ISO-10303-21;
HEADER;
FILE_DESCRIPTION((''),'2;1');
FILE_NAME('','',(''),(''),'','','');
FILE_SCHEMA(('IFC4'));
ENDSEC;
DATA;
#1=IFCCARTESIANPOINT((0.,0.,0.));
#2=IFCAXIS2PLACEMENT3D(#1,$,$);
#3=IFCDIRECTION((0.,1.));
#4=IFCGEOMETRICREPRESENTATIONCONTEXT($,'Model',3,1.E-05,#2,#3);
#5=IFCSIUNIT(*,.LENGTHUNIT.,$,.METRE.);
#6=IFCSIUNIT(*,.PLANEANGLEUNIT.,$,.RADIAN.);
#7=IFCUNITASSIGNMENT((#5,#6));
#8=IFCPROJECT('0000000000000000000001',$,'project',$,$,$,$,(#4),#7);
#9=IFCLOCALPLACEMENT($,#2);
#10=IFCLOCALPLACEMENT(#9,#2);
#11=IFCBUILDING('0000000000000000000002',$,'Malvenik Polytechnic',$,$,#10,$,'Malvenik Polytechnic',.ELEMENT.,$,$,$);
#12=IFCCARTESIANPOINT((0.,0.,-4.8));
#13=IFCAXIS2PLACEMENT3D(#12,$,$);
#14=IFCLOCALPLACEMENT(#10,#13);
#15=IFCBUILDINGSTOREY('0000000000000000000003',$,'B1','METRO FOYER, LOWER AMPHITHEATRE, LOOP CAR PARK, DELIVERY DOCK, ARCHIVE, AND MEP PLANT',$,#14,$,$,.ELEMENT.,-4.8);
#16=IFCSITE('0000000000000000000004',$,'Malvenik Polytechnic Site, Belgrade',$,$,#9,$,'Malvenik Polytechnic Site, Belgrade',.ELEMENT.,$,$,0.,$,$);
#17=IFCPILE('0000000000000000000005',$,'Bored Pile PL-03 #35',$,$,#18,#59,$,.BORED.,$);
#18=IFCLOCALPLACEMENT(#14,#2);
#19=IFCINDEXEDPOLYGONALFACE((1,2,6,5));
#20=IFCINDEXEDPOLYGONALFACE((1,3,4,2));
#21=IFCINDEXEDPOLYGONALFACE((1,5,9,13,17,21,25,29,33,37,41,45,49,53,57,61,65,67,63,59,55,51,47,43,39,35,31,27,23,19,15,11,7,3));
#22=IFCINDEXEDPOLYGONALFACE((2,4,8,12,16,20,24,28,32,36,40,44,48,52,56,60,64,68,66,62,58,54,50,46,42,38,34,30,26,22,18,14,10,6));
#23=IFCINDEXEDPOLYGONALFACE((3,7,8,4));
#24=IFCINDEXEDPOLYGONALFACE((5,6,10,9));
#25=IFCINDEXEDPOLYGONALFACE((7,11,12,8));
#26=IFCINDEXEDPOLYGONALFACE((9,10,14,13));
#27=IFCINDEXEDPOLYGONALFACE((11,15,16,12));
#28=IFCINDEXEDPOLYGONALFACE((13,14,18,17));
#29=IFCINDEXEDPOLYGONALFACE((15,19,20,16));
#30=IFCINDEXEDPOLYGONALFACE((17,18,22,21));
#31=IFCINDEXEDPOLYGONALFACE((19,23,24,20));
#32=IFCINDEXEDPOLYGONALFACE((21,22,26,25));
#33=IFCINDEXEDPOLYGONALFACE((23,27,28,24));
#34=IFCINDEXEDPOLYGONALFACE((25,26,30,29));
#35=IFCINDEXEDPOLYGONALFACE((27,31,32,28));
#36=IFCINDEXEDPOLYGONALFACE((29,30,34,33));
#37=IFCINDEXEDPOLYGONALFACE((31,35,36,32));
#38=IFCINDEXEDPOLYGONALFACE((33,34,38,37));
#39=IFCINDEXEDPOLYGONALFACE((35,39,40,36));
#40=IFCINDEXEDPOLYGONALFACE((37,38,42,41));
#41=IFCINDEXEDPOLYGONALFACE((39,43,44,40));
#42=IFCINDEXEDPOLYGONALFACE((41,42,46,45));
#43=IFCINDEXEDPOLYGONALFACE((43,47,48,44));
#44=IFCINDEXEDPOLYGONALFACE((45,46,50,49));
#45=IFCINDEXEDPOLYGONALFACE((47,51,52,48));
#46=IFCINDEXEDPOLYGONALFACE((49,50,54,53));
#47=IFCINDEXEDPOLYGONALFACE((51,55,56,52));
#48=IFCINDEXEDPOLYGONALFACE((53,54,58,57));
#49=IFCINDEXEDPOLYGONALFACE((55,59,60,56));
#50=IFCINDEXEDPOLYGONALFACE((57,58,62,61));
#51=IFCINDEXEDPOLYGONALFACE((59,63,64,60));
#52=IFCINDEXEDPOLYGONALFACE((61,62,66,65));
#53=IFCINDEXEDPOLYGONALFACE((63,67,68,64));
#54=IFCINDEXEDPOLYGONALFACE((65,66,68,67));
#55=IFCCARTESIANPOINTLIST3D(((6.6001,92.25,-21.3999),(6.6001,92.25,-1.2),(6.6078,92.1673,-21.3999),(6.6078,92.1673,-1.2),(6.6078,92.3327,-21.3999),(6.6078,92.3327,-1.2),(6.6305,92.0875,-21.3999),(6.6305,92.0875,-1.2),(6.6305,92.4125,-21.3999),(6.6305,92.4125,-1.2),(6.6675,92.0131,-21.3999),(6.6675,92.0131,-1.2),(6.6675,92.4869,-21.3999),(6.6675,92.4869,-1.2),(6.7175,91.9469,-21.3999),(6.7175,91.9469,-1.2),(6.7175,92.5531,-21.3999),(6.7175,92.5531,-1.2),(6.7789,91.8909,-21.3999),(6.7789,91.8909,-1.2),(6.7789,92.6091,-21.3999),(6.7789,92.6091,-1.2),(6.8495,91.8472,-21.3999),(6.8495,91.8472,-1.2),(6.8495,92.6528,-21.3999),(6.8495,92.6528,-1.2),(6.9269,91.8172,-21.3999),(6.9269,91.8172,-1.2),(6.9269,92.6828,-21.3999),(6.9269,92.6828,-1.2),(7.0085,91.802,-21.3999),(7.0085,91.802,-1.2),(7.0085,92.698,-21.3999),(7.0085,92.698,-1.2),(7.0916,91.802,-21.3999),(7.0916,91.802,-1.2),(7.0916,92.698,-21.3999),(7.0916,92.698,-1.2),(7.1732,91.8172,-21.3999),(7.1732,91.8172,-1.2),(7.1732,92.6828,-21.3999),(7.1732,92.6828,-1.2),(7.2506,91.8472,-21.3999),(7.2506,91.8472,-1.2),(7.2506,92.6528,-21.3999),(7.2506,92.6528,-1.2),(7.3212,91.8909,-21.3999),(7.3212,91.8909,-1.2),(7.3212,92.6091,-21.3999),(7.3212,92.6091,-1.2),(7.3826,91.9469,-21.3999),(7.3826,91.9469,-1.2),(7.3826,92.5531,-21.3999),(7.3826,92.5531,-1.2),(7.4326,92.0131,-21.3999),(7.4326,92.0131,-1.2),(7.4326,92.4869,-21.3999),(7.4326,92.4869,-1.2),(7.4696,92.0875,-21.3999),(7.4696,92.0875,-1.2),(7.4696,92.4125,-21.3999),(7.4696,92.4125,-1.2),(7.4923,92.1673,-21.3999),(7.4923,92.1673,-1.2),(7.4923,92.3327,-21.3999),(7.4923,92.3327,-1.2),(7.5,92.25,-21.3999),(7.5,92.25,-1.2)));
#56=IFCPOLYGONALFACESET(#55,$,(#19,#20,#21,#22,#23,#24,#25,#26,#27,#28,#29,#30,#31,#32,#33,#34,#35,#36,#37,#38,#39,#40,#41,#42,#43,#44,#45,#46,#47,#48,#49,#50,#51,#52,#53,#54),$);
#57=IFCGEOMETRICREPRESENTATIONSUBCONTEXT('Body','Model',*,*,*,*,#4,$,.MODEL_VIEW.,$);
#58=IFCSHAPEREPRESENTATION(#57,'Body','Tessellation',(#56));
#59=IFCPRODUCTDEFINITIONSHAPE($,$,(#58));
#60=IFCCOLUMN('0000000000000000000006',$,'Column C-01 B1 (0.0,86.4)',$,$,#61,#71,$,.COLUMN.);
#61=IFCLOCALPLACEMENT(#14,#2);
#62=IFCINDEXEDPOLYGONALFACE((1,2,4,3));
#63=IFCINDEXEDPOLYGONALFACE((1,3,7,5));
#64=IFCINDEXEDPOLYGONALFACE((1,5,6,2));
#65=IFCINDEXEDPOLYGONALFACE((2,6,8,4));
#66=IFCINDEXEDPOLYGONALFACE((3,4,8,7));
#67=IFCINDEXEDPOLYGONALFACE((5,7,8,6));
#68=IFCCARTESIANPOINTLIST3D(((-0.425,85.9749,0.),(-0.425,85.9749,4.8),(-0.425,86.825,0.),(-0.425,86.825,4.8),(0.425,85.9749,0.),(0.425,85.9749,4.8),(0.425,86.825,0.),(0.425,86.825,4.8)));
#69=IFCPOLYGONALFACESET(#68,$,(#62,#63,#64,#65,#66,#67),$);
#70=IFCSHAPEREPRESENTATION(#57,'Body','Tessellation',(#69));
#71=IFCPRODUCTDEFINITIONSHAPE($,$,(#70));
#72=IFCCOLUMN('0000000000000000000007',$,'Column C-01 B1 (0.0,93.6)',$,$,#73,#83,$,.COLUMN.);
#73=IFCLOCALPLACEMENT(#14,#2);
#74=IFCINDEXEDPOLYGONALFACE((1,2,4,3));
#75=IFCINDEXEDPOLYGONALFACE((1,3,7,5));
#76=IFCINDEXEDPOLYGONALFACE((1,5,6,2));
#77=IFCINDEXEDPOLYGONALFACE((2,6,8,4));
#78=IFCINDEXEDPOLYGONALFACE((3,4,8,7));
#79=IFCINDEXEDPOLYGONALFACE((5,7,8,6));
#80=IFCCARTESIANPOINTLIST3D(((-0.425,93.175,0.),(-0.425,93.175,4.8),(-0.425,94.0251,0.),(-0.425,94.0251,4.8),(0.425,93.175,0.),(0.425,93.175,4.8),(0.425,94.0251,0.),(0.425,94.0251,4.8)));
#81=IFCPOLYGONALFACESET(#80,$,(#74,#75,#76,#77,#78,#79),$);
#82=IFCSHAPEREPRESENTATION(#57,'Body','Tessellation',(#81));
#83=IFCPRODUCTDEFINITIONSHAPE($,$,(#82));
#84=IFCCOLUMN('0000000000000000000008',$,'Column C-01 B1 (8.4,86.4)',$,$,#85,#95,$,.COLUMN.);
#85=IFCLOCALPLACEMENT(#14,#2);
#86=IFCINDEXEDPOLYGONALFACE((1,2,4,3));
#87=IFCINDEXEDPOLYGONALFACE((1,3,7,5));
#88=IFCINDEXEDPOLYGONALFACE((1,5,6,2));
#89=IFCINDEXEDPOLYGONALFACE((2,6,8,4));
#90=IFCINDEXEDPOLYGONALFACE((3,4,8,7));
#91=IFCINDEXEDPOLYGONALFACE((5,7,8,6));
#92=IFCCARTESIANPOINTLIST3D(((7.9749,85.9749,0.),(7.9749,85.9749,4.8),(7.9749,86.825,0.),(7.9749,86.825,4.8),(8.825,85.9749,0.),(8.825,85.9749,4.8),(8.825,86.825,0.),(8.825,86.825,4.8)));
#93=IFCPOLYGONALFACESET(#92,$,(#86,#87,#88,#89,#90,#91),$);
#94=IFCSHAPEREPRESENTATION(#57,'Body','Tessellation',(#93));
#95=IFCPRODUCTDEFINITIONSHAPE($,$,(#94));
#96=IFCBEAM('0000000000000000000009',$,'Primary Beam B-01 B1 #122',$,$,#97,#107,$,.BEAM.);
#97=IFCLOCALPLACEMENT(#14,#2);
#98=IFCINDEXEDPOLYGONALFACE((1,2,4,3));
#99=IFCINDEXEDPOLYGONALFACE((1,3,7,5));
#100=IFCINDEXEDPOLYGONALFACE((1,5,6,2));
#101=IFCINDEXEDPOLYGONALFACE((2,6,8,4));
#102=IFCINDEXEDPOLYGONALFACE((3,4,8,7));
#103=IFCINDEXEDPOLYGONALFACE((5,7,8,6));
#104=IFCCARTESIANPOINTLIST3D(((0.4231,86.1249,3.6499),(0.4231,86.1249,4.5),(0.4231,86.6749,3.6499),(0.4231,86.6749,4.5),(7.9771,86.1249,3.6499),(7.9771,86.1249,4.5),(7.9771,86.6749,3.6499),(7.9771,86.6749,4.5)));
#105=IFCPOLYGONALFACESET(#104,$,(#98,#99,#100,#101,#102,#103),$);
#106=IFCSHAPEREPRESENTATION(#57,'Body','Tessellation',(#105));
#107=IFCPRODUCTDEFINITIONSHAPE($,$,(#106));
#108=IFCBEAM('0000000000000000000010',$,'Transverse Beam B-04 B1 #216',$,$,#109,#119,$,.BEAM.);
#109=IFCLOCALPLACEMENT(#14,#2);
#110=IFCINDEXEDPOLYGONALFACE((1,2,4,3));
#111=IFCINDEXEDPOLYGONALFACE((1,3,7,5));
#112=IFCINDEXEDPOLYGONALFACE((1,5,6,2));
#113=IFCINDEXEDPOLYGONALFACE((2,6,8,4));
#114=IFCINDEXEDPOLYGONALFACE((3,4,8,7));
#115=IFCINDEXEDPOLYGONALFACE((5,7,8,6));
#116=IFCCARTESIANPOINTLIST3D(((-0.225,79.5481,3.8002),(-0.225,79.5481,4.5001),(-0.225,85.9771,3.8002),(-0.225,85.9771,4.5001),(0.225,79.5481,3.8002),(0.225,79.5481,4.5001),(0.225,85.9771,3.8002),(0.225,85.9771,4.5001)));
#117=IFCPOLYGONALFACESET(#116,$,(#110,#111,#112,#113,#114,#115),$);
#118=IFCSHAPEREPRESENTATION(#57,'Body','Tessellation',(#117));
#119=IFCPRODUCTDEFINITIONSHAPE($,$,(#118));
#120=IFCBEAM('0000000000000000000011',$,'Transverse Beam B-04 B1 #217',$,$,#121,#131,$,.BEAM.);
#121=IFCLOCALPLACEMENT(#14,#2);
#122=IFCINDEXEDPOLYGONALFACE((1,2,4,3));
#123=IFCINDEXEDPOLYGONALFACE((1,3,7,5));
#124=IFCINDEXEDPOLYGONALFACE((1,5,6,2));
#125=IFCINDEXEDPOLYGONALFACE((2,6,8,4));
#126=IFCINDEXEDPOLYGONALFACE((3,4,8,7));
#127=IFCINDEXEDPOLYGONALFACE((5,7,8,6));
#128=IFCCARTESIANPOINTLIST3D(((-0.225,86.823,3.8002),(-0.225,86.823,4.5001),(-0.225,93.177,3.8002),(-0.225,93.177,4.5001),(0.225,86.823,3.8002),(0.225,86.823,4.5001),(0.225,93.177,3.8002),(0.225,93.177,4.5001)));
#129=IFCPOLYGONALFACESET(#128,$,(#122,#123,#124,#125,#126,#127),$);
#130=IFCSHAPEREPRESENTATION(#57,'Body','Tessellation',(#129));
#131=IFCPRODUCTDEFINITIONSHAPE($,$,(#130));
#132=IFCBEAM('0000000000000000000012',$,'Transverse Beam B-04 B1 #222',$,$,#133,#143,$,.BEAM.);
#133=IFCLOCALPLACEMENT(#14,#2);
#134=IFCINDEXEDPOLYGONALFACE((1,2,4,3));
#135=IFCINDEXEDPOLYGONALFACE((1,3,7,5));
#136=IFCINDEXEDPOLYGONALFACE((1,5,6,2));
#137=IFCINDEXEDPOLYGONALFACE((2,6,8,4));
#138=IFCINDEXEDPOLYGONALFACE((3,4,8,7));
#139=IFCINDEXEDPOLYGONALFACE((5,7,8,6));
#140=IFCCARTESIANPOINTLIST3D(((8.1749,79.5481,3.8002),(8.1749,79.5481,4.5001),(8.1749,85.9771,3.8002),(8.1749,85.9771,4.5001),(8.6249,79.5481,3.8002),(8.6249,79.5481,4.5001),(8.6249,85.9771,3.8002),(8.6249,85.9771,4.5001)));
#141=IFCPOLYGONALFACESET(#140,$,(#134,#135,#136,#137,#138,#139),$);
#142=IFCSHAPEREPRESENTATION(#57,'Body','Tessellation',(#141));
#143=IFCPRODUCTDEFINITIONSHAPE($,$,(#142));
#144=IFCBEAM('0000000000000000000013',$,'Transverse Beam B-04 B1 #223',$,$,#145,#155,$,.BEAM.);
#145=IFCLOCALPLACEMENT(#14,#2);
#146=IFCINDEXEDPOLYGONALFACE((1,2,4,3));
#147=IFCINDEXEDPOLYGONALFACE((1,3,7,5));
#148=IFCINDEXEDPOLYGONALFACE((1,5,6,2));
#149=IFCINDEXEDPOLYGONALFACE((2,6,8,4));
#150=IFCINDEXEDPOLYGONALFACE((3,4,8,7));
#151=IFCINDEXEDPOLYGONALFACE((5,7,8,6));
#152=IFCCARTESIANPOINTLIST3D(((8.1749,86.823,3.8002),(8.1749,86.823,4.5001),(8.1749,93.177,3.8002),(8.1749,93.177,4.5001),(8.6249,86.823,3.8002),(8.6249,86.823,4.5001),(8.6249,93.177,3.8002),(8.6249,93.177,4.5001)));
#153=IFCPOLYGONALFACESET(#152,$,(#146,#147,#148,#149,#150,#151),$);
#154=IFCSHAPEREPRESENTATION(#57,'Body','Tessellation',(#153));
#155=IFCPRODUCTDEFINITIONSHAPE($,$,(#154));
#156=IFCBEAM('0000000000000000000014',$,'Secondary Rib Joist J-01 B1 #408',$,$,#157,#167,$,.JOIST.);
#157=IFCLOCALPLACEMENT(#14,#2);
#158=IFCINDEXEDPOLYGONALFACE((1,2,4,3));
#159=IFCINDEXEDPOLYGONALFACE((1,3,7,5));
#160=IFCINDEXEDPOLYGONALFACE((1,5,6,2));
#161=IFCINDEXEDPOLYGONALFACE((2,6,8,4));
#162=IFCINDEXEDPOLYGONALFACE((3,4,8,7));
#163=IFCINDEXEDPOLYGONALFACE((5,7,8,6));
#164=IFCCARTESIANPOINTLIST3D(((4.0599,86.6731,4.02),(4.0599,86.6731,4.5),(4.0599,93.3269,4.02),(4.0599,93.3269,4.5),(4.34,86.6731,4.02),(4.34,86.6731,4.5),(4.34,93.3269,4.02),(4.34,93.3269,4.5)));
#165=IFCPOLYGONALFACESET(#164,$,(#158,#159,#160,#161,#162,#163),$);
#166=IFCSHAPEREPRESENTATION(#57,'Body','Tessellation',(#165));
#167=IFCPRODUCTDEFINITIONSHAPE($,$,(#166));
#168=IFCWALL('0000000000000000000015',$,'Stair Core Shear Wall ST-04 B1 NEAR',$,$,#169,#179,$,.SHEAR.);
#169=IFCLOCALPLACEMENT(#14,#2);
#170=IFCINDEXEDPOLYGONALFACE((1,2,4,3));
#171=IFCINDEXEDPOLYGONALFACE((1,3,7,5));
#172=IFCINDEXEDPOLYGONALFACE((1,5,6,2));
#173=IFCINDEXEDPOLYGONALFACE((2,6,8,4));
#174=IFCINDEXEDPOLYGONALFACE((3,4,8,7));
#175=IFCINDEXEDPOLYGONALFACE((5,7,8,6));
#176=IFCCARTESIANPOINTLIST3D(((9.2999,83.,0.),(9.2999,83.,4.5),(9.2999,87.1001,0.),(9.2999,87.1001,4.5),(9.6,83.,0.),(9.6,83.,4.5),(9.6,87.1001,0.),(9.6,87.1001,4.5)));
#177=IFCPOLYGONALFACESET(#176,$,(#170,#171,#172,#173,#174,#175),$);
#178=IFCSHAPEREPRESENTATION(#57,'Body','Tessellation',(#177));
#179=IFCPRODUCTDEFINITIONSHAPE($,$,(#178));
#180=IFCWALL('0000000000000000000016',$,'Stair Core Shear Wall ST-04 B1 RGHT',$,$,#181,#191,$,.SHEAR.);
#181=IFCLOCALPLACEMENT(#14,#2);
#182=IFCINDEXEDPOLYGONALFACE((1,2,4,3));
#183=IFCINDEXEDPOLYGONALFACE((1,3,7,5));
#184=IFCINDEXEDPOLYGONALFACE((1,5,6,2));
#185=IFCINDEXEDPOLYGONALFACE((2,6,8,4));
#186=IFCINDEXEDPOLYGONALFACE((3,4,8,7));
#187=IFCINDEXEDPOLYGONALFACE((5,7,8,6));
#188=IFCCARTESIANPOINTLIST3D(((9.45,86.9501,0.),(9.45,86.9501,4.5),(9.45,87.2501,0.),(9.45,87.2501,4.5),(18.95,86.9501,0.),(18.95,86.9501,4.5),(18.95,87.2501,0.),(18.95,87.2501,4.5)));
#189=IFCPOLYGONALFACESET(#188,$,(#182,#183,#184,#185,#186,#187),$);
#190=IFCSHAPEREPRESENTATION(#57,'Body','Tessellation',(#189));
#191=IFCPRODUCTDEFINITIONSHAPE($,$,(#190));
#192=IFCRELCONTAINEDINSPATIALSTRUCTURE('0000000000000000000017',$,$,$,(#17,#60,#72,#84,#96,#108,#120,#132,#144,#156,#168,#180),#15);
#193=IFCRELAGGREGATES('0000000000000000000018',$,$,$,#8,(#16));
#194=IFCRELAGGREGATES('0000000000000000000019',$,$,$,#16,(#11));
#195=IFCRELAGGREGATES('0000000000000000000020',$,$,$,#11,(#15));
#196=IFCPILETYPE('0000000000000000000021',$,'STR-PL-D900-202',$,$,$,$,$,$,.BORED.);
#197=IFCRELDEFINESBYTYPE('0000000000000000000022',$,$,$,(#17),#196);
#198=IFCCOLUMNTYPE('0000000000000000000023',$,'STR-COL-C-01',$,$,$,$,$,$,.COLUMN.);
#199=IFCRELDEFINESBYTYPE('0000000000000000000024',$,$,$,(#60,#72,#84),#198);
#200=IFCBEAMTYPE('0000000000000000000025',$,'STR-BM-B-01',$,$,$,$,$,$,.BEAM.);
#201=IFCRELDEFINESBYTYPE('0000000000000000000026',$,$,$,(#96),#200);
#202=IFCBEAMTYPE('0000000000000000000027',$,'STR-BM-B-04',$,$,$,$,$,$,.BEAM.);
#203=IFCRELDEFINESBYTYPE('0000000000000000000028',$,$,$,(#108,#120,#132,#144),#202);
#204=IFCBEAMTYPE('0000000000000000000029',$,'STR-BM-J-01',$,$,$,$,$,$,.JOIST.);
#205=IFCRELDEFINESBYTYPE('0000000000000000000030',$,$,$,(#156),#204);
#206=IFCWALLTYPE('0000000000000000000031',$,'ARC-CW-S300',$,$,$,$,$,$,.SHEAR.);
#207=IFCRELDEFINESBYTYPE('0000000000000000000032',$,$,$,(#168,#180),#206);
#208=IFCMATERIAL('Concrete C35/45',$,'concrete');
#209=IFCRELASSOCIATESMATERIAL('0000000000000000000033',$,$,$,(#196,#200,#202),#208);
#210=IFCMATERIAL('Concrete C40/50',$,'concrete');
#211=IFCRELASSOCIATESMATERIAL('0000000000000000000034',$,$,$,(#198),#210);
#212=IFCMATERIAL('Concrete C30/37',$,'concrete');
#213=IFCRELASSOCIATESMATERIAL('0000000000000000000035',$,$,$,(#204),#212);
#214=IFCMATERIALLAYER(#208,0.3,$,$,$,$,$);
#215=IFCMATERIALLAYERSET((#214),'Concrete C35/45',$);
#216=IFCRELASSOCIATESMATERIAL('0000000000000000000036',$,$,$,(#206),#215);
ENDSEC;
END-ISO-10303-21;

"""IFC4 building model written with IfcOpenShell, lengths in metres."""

from ifc_helpers import new_model, si_unit, direction, frame, frame_2d, origin, origin_2d, place, context, subcontext, project, spatial, rectangle, circle, extrude, material, layer, layer_set, material_profile, profile_set, type_object, element, save


model = new_model("IFC4")

# Units and contexts
model_context = context("Model", 3, precision=1e-05, world=origin(), true_north=direction((0.0, 1.0)))
body_context = subcontext(model_context, "Body", "Model", "MODEL_VIEW")
ifc_project = project(units=[si_unit("LENGTHUNIT", "METRE"), si_unit("PLANEANGLEUNIT", "RADIAN")], contexts=[model_context])

# Site, building, storey
site_placement = place(None, origin())
site = spatial("IfcSite", under=ifc_project, at=site_placement, Name="Malvenik Polytechnic Site, Belgrade", LongName="Malvenik Polytechnic Site, Belgrade", CompositionType="ELEMENT", RefElevation=0.0)
building_placement = place(site_placement, origin())
building = spatial("IfcBuilding", under=site, at=building_placement, Name="Malvenik Polytechnic", LongName="Malvenik Polytechnic", CompositionType="ELEMENT")
storey_placement = place(building_placement, frame((0.0, 0.0, -4.8)))
storey = spatial("IfcBuildingStorey", under=building, at=storey_placement, Name="B1", Description="METRO FOYER, LOWER AMPHITHEATRE, LOOP CAR PARK, DELIVERY DOCK, ARCHIVE, AND MEP PLANT", CompositionType="ELEMENT", Elevation=-4.8)

# Shared definitions
ifc_material_1 = material(Name="Concrete C35/45", Category="concrete")

# Pile
ifc_material_profile_1 = material_profile(ifc_material_1, circle(Radius=0.45, at=origin_2d()), Name="BORED PILE D900")
ifc_profile_set_1 = profile_set([ifc_material_profile_1], Name="Concrete C35/45")
pile_type_1 = type_object("IfcPileType", Name="STR-PL-D900-202", PredefinedType="BORED", material=ifc_profile_set_1)
for number, where, z_axis, x_axis, name in (
    (1, (7.05, 92.25, -1.2), (0.0, 0.0, -1.0), (1.0, 0.0, 0.0), "Bored Pile PL-03 #35"),
):
    element("IfcPile", number, at=place(storey_placement, frame(where, z_axis=z_axis, x_axis=x_axis)), inside=storey, type_object=pile_type_1, Name=name, PredefinedType="BORED", context=body_context, shape_type="SweptSolid", body=[
        extrude(circle(Radius=0.45, at=origin_2d()), origin(), (0.0, 0.0, 1.0), 20.2),
    ])

# Columns
ifc_material_2 = material(Name="Concrete C40/50", Category="concrete")
ifc_material_profile_2 = material_profile(ifc_material_2, rectangle(XDim=0.8501, YDim=0.8501, at=origin_2d()), Name="RC COL 850x850")
ifc_profile_set_2 = profile_set([ifc_material_profile_2], Name="Concrete C40/50")
column_type = type_object("IfcColumnType", Name="STR-COL-C-01", PredefinedType="COLUMN", material=ifc_profile_set_2)
for number, where, z_axis, x_axis, name in (
    (2, (0.0, 86.3999, 0.0), (0.0, 0.0, 1.0), (1.0, 0.0, 0.0), "Column C-01 B1 (0.0,86.4)"),
    (3, (0.0, 93.6001, 0.0), (0.0, 0.0, 1.0), (1.0, 0.0, 0.0), "Column C-01 B1 (0.0,93.6)"),
    (4, (8.3999, 86.3999, 0.0), (0.0, 0.0, 1.0), (1.0, 0.0, 0.0), "Column C-01 B1 (8.4,86.4)"),
):
    element("IfcColumn", number, at=place(storey_placement, frame(where, z_axis=z_axis, x_axis=x_axis)), inside=storey, type_object=column_type, Name=name, PredefinedType="COLUMN", context=body_context, shape_type="SweptSolid", body=[
        extrude(rectangle(XDim=0.8501, YDim=0.8501, at=origin_2d()), origin(), (0.0, 0.0, 1.0), 4.8),
    ])

# Beams
ifc_material_profile_3 = material_profile(ifc_material_1, rectangle(XDim=0.55, YDim=0.8501, at=origin_2d()), Name="RC BM 550x850")
ifc_profile_set_3 = profile_set([ifc_material_profile_3], Name="Concrete C35/45")
beam_type_1 = type_object("IfcBeamType", Name="STR-BM-B-01", PredefinedType="BEAM", material=ifc_profile_set_3)
beam_1_placement = place(storey_placement, frame((0.4231, 86.3999, 4.075), z_axis=(1.0, 0.0, 0.0), x_axis=(0.0, 1.0, 0.0)))
element("IfcBeam", 5, at=beam_1_placement, inside=storey, type_object=beam_type_1, Name="Primary Beam B-01 B1 #122", PredefinedType="BEAM", context=body_context, shape_type="SweptSolid", body=[
    extrude(rectangle(XDim=0.55, YDim=0.8501, at=origin_2d()), origin(), (0.0, 0.0, 1.0), 7.554),
])
ifc_material_profile_4 = material_profile(ifc_material_1, rectangle(XDim=0.45, YDim=0.7, at=origin_2d()), Name="RC BM 450x700")
ifc_profile_set_4 = profile_set([ifc_material_profile_4], Name="Concrete C35/45")
beam_type_2 = type_object("IfcBeamType", Name="STR-BM-B-04", PredefinedType="BEAM", material=ifc_profile_set_4)
beam_2_placement = place(storey_placement, frame((0.0, 79.5481, 4.1501), z_axis=(0.0, 1.0, 0.0), x_axis=(-1.0, 0.0, 0.0)))
element("IfcBeam", 6, at=beam_2_placement, inside=storey, type_object=beam_type_2, Name="Transverse Beam B-04 B1 #216", PredefinedType="BEAM", context=body_context, shape_type="SweptSolid", body=[
    extrude(rectangle(XDim=0.45, YDim=0.7, at=origin_2d()), origin(), (0.0, 0.0, 1.0), 6.429),
])
beam_3_placement = place(storey_placement, frame((0.0, 86.823, 4.1501), z_axis=(0.0, 1.0, 0.0), x_axis=(-1.0, 0.0, 0.0)))
element("IfcBeam", 7, at=beam_3_placement, inside=storey, type_object=beam_type_2, Name="Transverse Beam B-04 B1 #217", PredefinedType="BEAM", context=body_context, shape_type="SweptSolid", body=[
    extrude(rectangle(XDim=0.45, YDim=0.7, at=origin_2d()), origin(), (0.0, 0.0, 1.0), 6.354),
])
beam_4_placement = place(storey_placement, frame((8.3999, 79.5481, 4.1501), z_axis=(0.0, 1.0, 0.0), x_axis=(-1.0, 0.0, 0.0)))
element("IfcBeam", 8, at=beam_4_placement, inside=storey, type_object=beam_type_2, Name="Transverse Beam B-04 B1 #222", PredefinedType="BEAM", context=body_context, shape_type="SweptSolid", body=[
    extrude(rectangle(XDim=0.45, YDim=0.7, at=origin_2d()), origin(), (0.0, 0.0, 1.0), 6.429),
])
beam_5_placement = place(storey_placement, frame((8.3999, 86.823, 4.1501), z_axis=(0.0, 1.0, 0.0), x_axis=(-1.0, 0.0, 0.0)))
element("IfcBeam", 9, at=beam_5_placement, inside=storey, type_object=beam_type_2, Name="Transverse Beam B-04 B1 #223", PredefinedType="BEAM", context=body_context, shape_type="SweptSolid", body=[
    extrude(rectangle(XDim=0.45, YDim=0.7, at=origin_2d()), origin(), (0.0, 0.0, 1.0), 6.354),
])
ifc_material_3 = material(Name="Concrete C30/37", Category="concrete")
ifc_material_profile_5 = material_profile(ifc_material_3, rectangle(XDim=0.28, YDim=0.48, at=origin_2d()), Name="RC JST 280x480")
ifc_profile_set_5 = profile_set([ifc_material_profile_5], Name="Concrete C30/37")
beam_type_3 = type_object("IfcBeamType", Name="STR-BM-J-01", PredefinedType="JOIST", material=ifc_profile_set_5)
beam_6_placement = place(storey_placement, frame((4.2, 86.6731, 4.26), z_axis=(0.0, 1.0, 0.0), x_axis=(-1.0, 0.0, 0.0)))
element("IfcBeam", 10, at=beam_6_placement, inside=storey, type_object=beam_type_3, Name="Secondary Rib Joist J-01 B1 #408", PredefinedType="JOIST", context=body_context, shape_type="SweptSolid", body=[
    extrude(rectangle(XDim=0.28, YDim=0.48, at=origin_2d()), origin(), (0.0, 0.0, 1.0), 6.6538),
])

# Walls
ifc_layer = layer(ifc_material_1, 0.3)
ifc_layer_set = layer_set([ifc_layer], Name="Concrete C35/45")
wall_type = type_object("IfcWallType", Name="ARC-CW-S300", PredefinedType="SHEAR", material=ifc_layer_set)
wall_1_placement = place(storey_placement, frame((9.45, 83.0, 0.0), z_axis=(0.0, 0.0, 1.0), x_axis=(0.0, 1.0, 0.0)))
element("IfcWall", 11, at=wall_1_placement, inside=storey, type_object=wall_type, Name="Stair Core Shear Wall ST-04 B1 NEAR", PredefinedType="SHEAR", context=body_context, shape_type="SweptSolid", body=[
    extrude(rectangle(XDim=4.1001, YDim=0.3, at=frame_2d((2.05, 0.0))), origin(), (0.0, 0.0, 1.0), 4.5),
])
wall_2_placement = place(storey_placement, frame((9.45, 87.1001, 0.0), z_axis=(0.0, 0.0, 1.0), x_axis=(1.0, 0.0, 0.0)))
element("IfcWall", 12, at=wall_2_placement, inside=storey, type_object=wall_type, Name="Stair Core Shear Wall ST-04 B1 RGHT", PredefinedType="SHEAR", context=body_context, shape_type="SweptSolid", body=[
    extrude(rectangle(XDim=9.5, YDim=0.3, at=frame_2d((4.75, 0.0))), origin(), (0.0, 0.0, 1.0), 4.5),
])

save(model, "model.ifc")
